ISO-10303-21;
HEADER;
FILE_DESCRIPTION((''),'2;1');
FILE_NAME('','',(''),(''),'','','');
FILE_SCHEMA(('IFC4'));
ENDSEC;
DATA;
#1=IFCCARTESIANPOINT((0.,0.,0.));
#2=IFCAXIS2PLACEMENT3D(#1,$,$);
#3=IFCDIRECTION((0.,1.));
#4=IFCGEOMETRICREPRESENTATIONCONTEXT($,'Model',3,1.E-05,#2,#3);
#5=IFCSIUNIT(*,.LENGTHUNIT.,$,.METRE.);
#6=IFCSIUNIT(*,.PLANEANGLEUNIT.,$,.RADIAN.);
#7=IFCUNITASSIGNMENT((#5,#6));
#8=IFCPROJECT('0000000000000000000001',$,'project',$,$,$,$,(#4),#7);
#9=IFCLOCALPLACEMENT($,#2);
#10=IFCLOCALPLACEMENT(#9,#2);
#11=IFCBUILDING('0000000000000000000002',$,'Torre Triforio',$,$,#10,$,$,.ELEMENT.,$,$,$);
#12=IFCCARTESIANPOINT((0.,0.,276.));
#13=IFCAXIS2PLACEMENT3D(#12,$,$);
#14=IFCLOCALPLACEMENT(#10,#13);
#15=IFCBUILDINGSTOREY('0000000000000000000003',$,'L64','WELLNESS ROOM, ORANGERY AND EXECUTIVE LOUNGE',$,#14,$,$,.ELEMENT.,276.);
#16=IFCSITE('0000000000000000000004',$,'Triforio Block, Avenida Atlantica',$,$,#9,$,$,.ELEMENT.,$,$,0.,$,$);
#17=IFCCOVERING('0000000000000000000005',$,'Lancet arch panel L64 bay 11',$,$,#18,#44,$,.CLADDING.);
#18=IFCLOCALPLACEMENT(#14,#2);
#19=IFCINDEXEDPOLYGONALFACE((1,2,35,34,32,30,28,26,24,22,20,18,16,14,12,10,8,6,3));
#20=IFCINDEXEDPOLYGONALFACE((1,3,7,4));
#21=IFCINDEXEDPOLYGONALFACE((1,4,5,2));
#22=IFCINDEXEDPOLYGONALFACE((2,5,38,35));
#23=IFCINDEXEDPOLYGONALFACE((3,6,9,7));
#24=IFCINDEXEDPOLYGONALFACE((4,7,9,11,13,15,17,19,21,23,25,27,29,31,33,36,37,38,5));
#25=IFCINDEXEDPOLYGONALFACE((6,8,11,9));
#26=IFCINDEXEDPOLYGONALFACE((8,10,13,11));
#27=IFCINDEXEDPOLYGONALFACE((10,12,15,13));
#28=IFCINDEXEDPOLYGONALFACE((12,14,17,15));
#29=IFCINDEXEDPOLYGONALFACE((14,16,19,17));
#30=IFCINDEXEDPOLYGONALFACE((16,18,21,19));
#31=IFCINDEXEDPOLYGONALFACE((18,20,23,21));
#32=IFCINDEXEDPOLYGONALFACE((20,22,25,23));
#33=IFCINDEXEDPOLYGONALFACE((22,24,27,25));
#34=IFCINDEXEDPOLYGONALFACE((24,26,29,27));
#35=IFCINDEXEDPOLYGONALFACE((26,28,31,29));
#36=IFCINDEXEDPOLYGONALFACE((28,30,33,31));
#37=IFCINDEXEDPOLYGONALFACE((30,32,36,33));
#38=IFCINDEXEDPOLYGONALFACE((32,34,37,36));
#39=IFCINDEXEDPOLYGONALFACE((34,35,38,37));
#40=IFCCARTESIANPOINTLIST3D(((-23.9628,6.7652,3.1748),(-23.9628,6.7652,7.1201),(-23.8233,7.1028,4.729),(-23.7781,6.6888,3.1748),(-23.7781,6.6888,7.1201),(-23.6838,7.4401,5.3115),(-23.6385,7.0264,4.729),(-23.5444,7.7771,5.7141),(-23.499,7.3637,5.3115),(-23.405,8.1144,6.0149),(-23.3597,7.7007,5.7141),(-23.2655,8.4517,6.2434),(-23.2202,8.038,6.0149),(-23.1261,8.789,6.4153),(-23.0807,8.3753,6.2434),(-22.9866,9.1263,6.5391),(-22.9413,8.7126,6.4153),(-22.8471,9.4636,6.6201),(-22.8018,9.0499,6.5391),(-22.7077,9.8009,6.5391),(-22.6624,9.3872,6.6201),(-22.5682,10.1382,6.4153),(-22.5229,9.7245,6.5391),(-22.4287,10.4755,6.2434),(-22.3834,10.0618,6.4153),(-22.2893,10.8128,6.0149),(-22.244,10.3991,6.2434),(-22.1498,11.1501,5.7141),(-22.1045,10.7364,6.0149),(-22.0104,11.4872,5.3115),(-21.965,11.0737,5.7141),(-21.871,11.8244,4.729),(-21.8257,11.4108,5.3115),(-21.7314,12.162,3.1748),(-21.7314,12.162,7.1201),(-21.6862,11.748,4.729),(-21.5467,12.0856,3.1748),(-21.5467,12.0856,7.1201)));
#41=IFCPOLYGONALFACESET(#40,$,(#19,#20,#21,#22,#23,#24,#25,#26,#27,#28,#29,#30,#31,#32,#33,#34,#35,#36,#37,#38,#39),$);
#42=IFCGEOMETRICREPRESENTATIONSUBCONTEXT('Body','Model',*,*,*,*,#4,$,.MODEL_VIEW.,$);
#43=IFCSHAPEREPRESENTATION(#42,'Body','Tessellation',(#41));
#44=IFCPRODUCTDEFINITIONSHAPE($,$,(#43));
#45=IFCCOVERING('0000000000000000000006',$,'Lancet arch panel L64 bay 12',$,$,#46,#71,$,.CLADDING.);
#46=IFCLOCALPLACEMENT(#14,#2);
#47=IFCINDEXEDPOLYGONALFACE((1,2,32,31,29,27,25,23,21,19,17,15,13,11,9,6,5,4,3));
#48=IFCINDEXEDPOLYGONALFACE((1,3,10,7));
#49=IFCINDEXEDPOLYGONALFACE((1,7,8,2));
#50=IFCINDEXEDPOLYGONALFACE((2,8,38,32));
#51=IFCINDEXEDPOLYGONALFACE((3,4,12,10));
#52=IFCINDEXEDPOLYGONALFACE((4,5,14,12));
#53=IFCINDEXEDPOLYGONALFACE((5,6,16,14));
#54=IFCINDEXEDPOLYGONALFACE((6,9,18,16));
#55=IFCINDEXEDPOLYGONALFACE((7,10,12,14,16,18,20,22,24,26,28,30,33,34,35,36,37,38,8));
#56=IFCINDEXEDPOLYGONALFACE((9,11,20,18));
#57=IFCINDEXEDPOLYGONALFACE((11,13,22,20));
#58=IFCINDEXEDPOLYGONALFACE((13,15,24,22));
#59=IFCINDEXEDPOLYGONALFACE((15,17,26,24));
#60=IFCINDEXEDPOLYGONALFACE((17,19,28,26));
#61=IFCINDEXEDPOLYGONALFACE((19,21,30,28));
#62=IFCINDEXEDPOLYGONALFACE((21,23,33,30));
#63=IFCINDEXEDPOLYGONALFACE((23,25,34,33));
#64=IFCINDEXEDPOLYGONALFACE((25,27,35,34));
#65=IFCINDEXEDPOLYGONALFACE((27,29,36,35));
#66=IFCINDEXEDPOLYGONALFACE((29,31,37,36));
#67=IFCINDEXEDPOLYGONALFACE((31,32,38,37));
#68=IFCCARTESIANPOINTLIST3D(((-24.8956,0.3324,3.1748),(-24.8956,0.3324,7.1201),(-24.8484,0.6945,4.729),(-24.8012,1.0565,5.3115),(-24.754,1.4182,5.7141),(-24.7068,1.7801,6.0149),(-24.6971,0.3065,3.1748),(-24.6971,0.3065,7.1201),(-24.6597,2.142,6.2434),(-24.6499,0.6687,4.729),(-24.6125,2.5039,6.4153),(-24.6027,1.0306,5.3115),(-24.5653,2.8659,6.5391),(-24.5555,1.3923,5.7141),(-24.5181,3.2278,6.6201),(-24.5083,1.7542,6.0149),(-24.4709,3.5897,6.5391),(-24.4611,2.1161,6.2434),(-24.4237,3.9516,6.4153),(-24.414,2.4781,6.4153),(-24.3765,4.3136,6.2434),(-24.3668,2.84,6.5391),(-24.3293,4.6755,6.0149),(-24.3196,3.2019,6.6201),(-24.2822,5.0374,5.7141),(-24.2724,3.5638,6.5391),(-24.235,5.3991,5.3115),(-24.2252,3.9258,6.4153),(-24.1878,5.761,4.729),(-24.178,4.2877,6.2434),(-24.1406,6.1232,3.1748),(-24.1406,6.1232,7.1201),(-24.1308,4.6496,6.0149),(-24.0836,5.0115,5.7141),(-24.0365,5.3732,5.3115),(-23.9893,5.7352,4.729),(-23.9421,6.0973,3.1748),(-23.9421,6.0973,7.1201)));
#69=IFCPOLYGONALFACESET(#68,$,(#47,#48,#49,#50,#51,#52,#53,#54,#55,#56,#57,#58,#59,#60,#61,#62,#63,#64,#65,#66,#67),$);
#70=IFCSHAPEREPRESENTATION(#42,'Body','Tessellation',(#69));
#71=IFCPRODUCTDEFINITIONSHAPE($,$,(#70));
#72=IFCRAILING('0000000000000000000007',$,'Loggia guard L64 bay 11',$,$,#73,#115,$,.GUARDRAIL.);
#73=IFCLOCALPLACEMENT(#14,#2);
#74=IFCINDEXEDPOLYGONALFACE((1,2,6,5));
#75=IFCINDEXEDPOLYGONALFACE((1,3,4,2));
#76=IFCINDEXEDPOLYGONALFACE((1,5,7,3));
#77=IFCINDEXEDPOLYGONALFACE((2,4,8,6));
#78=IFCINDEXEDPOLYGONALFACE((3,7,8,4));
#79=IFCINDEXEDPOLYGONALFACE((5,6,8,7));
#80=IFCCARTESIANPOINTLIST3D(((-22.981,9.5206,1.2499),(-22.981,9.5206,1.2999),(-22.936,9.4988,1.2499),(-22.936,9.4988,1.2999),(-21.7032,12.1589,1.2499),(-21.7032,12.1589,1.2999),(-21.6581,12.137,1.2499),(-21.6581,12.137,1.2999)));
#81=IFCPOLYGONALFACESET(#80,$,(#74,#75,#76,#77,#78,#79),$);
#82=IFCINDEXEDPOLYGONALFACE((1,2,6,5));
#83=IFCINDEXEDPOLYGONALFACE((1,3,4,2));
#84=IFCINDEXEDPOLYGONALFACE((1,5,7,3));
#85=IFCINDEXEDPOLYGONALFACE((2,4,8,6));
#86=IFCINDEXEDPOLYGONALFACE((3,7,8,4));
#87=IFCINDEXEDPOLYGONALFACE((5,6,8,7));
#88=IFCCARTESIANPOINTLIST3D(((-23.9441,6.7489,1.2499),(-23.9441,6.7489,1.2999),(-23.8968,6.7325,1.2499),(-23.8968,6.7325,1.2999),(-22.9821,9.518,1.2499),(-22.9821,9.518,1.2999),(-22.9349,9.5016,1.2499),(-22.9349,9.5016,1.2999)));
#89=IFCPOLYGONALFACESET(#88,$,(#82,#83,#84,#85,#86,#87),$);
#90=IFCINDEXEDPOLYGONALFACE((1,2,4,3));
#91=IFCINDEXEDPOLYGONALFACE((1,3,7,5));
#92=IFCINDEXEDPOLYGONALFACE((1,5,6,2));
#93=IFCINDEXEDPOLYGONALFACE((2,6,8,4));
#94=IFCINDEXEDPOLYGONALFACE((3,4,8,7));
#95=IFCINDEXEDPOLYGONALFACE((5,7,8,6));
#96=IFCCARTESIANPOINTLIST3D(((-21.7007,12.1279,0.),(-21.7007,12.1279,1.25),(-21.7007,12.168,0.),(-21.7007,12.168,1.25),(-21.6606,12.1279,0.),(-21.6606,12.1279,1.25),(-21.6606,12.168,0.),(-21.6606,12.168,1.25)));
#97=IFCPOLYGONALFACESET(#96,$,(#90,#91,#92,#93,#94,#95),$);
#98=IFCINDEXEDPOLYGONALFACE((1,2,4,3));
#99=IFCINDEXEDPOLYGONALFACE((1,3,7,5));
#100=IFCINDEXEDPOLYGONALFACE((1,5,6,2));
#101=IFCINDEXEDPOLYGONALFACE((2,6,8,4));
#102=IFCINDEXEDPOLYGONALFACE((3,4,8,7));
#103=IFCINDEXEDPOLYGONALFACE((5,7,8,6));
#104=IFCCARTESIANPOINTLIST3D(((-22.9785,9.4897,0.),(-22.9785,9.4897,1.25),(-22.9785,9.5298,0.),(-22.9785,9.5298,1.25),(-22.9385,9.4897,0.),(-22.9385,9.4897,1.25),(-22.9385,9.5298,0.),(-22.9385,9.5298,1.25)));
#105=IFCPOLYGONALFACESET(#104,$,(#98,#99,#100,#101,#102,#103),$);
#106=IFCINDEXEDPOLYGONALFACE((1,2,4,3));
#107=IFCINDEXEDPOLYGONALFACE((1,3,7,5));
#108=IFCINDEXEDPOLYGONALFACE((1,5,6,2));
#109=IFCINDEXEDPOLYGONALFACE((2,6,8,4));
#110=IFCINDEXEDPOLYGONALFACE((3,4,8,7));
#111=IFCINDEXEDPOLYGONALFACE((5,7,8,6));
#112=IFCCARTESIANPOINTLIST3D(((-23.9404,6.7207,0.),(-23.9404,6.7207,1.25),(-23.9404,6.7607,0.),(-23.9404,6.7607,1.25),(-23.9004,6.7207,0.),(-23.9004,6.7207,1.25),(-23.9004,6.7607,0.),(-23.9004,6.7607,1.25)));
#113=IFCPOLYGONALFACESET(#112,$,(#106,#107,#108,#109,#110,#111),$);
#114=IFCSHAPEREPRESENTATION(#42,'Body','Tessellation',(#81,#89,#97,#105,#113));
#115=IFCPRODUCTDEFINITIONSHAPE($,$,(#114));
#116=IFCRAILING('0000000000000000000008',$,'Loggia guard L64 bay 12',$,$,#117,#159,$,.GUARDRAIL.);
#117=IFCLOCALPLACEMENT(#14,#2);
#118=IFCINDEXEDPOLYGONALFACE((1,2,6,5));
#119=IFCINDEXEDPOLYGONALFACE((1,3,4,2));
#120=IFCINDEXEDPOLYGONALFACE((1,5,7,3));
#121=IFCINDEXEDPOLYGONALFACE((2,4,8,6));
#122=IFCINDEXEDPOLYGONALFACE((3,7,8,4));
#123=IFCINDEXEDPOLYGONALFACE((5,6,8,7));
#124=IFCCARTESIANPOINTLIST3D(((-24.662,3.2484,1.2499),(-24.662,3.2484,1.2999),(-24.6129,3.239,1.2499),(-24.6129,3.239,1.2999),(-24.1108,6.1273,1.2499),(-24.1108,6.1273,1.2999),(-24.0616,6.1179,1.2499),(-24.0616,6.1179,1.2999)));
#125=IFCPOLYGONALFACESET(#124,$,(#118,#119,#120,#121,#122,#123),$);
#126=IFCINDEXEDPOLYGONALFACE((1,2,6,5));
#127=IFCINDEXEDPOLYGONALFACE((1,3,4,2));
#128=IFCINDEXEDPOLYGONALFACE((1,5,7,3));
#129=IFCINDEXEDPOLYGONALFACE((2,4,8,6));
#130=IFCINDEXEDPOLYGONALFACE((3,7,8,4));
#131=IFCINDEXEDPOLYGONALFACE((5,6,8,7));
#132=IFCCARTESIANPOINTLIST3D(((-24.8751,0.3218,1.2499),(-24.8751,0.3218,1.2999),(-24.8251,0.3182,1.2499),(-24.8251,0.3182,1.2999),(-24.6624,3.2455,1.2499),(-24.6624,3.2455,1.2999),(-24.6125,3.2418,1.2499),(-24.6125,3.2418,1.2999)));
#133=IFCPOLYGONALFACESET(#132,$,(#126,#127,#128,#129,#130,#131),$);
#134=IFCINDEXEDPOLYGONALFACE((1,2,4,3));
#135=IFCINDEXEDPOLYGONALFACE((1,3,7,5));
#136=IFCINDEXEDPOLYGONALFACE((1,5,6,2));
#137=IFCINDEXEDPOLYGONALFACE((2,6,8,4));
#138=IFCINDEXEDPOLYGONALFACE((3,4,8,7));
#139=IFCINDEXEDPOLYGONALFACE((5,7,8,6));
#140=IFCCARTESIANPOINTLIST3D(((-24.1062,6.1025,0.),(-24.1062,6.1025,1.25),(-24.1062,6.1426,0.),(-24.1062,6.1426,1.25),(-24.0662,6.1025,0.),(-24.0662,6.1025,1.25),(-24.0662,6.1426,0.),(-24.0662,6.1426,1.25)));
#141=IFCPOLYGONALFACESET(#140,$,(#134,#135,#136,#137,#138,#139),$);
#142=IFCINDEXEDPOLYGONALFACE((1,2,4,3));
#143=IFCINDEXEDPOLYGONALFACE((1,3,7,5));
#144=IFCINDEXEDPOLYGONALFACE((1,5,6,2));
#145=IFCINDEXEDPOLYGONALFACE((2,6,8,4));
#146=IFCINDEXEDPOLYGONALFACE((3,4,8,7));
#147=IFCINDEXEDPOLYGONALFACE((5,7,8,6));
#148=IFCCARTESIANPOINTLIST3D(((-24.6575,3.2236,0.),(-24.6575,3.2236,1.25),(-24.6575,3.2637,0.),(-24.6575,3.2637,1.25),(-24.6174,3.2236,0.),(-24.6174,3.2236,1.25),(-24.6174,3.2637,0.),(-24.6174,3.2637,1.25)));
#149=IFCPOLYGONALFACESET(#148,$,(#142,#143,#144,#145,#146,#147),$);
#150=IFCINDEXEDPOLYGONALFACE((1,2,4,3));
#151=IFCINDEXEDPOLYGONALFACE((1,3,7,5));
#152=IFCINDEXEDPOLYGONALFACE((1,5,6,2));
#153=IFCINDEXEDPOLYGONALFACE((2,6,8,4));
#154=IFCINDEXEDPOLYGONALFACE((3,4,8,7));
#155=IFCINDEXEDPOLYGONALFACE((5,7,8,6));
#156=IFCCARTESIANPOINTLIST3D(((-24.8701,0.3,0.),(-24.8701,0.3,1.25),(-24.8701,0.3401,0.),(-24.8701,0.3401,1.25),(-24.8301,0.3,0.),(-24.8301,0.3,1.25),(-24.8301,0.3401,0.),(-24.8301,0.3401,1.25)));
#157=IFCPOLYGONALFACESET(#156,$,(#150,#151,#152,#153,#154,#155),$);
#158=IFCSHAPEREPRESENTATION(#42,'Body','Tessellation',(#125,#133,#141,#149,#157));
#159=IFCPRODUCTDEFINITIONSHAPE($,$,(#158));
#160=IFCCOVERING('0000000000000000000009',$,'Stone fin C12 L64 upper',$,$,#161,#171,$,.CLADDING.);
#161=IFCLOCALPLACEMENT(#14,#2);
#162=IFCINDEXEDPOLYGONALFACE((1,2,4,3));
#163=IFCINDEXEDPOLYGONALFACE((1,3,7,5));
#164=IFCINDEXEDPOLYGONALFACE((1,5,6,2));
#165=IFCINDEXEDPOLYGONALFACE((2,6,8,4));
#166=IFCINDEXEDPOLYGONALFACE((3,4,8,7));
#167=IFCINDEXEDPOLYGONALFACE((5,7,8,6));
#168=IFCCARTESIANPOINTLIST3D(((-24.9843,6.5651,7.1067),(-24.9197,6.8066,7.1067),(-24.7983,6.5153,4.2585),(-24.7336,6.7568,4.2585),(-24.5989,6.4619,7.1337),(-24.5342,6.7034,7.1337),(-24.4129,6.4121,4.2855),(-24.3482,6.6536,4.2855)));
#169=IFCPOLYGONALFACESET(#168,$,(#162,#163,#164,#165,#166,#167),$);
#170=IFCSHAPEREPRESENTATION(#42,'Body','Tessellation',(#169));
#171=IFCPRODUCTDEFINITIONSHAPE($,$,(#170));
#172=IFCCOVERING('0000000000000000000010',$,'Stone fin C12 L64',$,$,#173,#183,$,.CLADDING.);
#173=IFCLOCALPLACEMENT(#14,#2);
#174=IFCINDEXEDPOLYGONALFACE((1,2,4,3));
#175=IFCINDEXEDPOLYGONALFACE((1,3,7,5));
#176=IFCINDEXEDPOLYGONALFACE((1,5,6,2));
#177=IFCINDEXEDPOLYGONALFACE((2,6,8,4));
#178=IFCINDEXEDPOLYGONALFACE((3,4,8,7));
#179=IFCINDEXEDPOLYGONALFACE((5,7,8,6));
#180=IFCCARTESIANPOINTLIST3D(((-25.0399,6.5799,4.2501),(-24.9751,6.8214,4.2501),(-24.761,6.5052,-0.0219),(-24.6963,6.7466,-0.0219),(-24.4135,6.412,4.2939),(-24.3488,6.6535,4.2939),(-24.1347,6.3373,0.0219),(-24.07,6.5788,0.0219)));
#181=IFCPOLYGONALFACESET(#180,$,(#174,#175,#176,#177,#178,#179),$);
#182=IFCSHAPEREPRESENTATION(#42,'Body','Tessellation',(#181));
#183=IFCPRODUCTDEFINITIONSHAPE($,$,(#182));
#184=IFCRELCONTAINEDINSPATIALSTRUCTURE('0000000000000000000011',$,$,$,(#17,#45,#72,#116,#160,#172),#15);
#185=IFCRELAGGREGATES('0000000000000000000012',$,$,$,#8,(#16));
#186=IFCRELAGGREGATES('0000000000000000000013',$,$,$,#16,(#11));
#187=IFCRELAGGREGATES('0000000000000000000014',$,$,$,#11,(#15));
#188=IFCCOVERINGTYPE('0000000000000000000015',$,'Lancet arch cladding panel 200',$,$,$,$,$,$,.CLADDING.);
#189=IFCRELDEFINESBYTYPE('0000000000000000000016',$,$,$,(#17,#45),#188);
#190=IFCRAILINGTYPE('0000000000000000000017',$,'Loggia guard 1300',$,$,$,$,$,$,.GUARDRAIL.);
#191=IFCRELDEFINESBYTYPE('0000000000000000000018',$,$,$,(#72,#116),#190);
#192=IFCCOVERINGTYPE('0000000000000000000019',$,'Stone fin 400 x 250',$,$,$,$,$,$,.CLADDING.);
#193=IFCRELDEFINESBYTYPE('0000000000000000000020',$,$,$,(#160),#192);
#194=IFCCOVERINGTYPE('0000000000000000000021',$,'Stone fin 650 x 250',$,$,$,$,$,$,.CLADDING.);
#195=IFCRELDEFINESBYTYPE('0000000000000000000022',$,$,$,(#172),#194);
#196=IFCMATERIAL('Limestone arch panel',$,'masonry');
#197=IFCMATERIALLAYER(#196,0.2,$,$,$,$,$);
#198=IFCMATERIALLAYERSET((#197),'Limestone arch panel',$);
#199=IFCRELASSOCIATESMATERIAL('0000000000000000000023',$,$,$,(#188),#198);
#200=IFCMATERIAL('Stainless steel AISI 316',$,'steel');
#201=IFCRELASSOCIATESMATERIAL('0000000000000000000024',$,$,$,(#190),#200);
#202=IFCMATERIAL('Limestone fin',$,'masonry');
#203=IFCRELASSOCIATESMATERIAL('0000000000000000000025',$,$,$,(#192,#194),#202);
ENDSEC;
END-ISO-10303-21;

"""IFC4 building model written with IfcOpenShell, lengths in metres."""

from ifc_helpers import new_model, si_unit, direction, frame, origin, origin_2d, place, context, subcontext, project, spatial, polyline, rectangle, outline, extrude, material, layer, layer_set, material_profile, profile_set, type_object, element, save


model = new_model("IFC4")

# Units and contexts
model_context = context("Model", 3, precision=1e-05, world=origin(), true_north=direction((0.0, 1.0)))
body_context = subcontext(model_context, "Body", "Model", "MODEL_VIEW")
ifc_project = project(units=[si_unit("LENGTHUNIT", "METRE"), si_unit("PLANEANGLEUNIT", "RADIAN")], contexts=[model_context])

# Site, building, storey
site_placement = place(None, origin())
site = spatial("IfcSite", under=ifc_project, at=site_placement, Name="Triforio Block, Avenida Atlantica", CompositionType="ELEMENT", RefElevation=0.0)
building_placement = place(site_placement, origin())
building = spatial("IfcBuilding", under=site, at=building_placement, Name="Torre Triforio", CompositionType="ELEMENT")
storey_placement = place(building_placement, frame((0.0, 0.0, 276.0)))
storey = spatial("IfcBuildingStorey", under=building, at=storey_placement, Name="L64", Description="WELLNESS ROOM, ORANGERY AND EXECUTIVE LOUNGE", CompositionType="ELEMENT", Elevation=276.0)

# Coverings
ifc_material_1 = material(Name="Limestone arch panel", Category="masonry")
ifc_layer_1 = layer(ifc_material_1, 0.2)
ifc_layer_set_1 = layer_set([ifc_layer_1], Name="Limestone arch panel")
covering_type_1 = type_object("IfcCoveringType", Name="Lancet arch cladding panel 200", PredefinedType="CLADDING", material=ifc_layer_set_1)
covering_1_placement = place(storey_placement, frame((-22.6624, 9.3872, 0.0), z_axis=(-0.924121, 0.3821, 0.0), x_axis=(-0.3821, -0.924121, 0.0)))
element("IfcCovering", 1, at=covering_1_placement, inside=storey, type_object=covering_type_1, Name="Lancet arch panel L64 bay 11", PredefinedType="CLADDING", context=body_context, shape_type="SweptSolid", body=[
    extrude(outline(polyline([(-2.9199, 7.1201), (-2.9199, 3.1748), (-2.5547, 4.729), (-2.1897, 5.3115), (-1.825, 5.7141), (-1.46, 6.0149), (-1.095, 6.2434), (-0.73, 6.4153), (-0.365, 6.5391), (0.0, 6.6201), (0.365, 6.5391), (0.73, 6.4153), (1.095, 6.2434), (1.46, 6.0149), (1.825, 5.7141), (2.1897, 5.3115), (2.5547, 4.729), (2.9199, 3.1748), (2.9199, 7.1201), (-2.9199, 7.1201)])), origin(), (0.0, 0.0, 1.0), 0.2),
])
covering_2_placement = place(storey_placement, frame((-24.3196, 3.2019, 0.0), z_axis=(-0.991607, 0.129287, 0.0), x_axis=(-0.129287, -0.991607, 0.0)))
element("IfcCovering", 2, at=covering_2_placement, inside=storey, type_object=covering_type_1, Name="Lancet arch panel L64 bay 12", PredefinedType="CLADDING", context=body_context, shape_type="SweptSolid", body=[
    extrude(outline(polyline([(-2.9199, 7.1201), (-2.9199, 3.1748), (-2.5547, 4.729), (-2.1897, 5.3115), (-1.825, 5.7141), (-1.46, 6.0149), (-1.095, 6.2434), (-0.73, 6.4153), (-0.365, 6.5391), (0.0, 6.6201), (0.365, 6.5391), (0.73, 6.4153), (1.095, 6.2434), (1.46, 6.0149), (1.825, 5.7141), (2.1897, 5.3115), (2.5547, 4.729), (2.9199, 3.1748), (2.9199, 7.1201), (-2.9199, 7.1201)])), origin(), (0.0, 0.0, 1.0), 0.2002),
])

# Railings
ifc_material_2 = material(Name="Stainless steel AISI 316", Category="steel")
railing_type = type_object("IfcRailingType", Name="Loggia guard 1300", PredefinedType="GUARDRAIL", material=ifc_material_2)
railing_1_placement = place(storey_placement, frame((-21.6807, 12.1479, 0.0)))
element("IfcRailing", 3, at=railing_1_placement, inside=storey, type_object=railing_type, Name="Loggia guard L64 bay 11", PredefinedType="GUARDRAIL", context=body_context, shape_type="SweptSolid", body=[
    extrude(rectangle(XDim=0.05, YDim=0.05, at=origin_2d()), frame((0.0, 0.0, 1.2749), z_axis=(-0.435918, -0.899986, 0.0), x_axis=(0.899986, -0.435918, 0.0)), (0.0, 0.0, 1.0), 2.9314),
    extrude(rectangle(XDim=0.05, YDim=0.05, at=origin_2d()), frame((-1.2778, -2.6382, 1.2749), z_axis=(-0.328146, -0.944627, 0.0), x_axis=(0.944627, -0.328146, 0.0)), (0.0, 0.0, 1.0), 2.9314),
    extrude(rectangle(XDim=0.04, YDim=0.04, at=origin_2d()), origin(), (0.0, 0.0, 1.0), 1.25),
    extrude(rectangle(XDim=0.04, YDim=0.04, at=origin_2d()), frame((-1.2778, -2.6382, 0.0)), (0.0, 0.0, 1.0), 1.25),
    extrude(rectangle(XDim=0.04, YDim=0.04, at=origin_2d()), frame((-2.2397, -5.4072, 0.0)), (0.0, 0.0, 1.0), 1.25),
])
railing_2_placement = place(storey_placement, frame((-24.0862, 6.1226, 0.0)))
element("IfcRailing", 4, at=railing_2_placement, inside=storey, type_object=railing_type, Name="Loggia guard L64 bay 12", PredefinedType="GUARDRAIL", context=body_context, shape_type="SweptSolid", body=[
    extrude(rectangle(XDim=0.05, YDim=0.05, at=origin_2d()), frame((0.0, 0.0, 1.2749), z_axis=(-0.188069, -0.982156, 0.0), x_axis=(0.982156, -0.188069, 0.0)), (0.0, 0.0, 1.0), 2.9312),
    extrude(rectangle(XDim=0.05, YDim=0.05, at=origin_2d()), frame((-0.5513, -2.8789, 1.2749), z_axis=(-0.072543, -0.997365, 0.0), x_axis=(0.997365, -0.072543, 0.0)), (0.0, 0.0, 1.0), 2.9314),
    extrude(rectangle(XDim=0.04, YDim=0.04, at=origin_2d()), origin(), (0.0, 0.0, 1.0), 1.25),
    extrude(rectangle(XDim=0.04, YDim=0.04, at=origin_2d()), frame((-0.5513, -2.8789, 0.0)), (0.0, 0.0, 1.0), 1.25),
    extrude(rectangle(XDim=0.04, YDim=0.04, at=origin_2d()), frame((-0.7639, -5.8025, 0.0)), (0.0, 0.0, 1.0), 1.25),
])

# Coverings
ifc_material_3 = material(Name="Limestone fin", Category="masonry")
ifc_material_profile_1 = material_profile(ifc_material_3, rectangle(XDim=0.3999, YDim=0.25, at=origin_2d()), Name="FIN 400x250")
ifc_profile_set_1 = profile_set([ifc_material_profile_1], Name="Limestone fin")
covering_type_2 = type_object("IfcCoveringType", Name="Stone fin 400 x 250", PredefinedType="CLADDING", material=ifc_profile_set_1)
covering_3_placement = place(storey_placement, frame((-24.5732, 6.5845, 4.272), z_axis=(-0.065169, 0.017447, 0.997722), x_axis=(0.963781, -0.25802, 0.067464)))
element("IfcCovering", 5, at=covering_3_placement, inside=storey, type_object=covering_type_2, Name="Stone fin C12 L64 upper", PredefinedType="CLADDING", context=body_context, shape_type="SweptSolid", body=[
    extrude(rectangle(XDim=0.3999, YDim=0.25, at=origin_2d()), origin(), (0.0, 0.0, 1.0), 2.8547),
])
ifc_material_profile_2 = material_profile(ifc_material_3, rectangle(XDim=0.6499, YDim=0.25, at=origin_2d()), Name="FIN 650x250")
ifc_profile_set_2 = profile_set([ifc_material_profile_2], Name="Limestone fin")
covering_type_3 = type_object("IfcCoveringType", Name="Stone fin 650 x 250", PredefinedType="CLADDING", material=ifc_profile_set_2)
covering_4_placement = place(storey_placement, frame((-24.4155, 6.542, 0.0), z_axis=(-0.065116, 0.017448, 0.997725), x_axis=(0.963728, -0.258232, 0.067413)))
element("IfcCovering", 6, at=covering_4_placement, inside=storey, type_object=covering_type_3, Name="Stone fin C12 L64", PredefinedType="CLADDING", context=body_context, shape_type="SweptSolid", body=[
    extrude(rectangle(XDim=0.6499, YDim=0.25, at=origin_2d()), origin(), (0.0, 0.0, 1.0), 4.2817),
])

save(model, "model.ifc")
